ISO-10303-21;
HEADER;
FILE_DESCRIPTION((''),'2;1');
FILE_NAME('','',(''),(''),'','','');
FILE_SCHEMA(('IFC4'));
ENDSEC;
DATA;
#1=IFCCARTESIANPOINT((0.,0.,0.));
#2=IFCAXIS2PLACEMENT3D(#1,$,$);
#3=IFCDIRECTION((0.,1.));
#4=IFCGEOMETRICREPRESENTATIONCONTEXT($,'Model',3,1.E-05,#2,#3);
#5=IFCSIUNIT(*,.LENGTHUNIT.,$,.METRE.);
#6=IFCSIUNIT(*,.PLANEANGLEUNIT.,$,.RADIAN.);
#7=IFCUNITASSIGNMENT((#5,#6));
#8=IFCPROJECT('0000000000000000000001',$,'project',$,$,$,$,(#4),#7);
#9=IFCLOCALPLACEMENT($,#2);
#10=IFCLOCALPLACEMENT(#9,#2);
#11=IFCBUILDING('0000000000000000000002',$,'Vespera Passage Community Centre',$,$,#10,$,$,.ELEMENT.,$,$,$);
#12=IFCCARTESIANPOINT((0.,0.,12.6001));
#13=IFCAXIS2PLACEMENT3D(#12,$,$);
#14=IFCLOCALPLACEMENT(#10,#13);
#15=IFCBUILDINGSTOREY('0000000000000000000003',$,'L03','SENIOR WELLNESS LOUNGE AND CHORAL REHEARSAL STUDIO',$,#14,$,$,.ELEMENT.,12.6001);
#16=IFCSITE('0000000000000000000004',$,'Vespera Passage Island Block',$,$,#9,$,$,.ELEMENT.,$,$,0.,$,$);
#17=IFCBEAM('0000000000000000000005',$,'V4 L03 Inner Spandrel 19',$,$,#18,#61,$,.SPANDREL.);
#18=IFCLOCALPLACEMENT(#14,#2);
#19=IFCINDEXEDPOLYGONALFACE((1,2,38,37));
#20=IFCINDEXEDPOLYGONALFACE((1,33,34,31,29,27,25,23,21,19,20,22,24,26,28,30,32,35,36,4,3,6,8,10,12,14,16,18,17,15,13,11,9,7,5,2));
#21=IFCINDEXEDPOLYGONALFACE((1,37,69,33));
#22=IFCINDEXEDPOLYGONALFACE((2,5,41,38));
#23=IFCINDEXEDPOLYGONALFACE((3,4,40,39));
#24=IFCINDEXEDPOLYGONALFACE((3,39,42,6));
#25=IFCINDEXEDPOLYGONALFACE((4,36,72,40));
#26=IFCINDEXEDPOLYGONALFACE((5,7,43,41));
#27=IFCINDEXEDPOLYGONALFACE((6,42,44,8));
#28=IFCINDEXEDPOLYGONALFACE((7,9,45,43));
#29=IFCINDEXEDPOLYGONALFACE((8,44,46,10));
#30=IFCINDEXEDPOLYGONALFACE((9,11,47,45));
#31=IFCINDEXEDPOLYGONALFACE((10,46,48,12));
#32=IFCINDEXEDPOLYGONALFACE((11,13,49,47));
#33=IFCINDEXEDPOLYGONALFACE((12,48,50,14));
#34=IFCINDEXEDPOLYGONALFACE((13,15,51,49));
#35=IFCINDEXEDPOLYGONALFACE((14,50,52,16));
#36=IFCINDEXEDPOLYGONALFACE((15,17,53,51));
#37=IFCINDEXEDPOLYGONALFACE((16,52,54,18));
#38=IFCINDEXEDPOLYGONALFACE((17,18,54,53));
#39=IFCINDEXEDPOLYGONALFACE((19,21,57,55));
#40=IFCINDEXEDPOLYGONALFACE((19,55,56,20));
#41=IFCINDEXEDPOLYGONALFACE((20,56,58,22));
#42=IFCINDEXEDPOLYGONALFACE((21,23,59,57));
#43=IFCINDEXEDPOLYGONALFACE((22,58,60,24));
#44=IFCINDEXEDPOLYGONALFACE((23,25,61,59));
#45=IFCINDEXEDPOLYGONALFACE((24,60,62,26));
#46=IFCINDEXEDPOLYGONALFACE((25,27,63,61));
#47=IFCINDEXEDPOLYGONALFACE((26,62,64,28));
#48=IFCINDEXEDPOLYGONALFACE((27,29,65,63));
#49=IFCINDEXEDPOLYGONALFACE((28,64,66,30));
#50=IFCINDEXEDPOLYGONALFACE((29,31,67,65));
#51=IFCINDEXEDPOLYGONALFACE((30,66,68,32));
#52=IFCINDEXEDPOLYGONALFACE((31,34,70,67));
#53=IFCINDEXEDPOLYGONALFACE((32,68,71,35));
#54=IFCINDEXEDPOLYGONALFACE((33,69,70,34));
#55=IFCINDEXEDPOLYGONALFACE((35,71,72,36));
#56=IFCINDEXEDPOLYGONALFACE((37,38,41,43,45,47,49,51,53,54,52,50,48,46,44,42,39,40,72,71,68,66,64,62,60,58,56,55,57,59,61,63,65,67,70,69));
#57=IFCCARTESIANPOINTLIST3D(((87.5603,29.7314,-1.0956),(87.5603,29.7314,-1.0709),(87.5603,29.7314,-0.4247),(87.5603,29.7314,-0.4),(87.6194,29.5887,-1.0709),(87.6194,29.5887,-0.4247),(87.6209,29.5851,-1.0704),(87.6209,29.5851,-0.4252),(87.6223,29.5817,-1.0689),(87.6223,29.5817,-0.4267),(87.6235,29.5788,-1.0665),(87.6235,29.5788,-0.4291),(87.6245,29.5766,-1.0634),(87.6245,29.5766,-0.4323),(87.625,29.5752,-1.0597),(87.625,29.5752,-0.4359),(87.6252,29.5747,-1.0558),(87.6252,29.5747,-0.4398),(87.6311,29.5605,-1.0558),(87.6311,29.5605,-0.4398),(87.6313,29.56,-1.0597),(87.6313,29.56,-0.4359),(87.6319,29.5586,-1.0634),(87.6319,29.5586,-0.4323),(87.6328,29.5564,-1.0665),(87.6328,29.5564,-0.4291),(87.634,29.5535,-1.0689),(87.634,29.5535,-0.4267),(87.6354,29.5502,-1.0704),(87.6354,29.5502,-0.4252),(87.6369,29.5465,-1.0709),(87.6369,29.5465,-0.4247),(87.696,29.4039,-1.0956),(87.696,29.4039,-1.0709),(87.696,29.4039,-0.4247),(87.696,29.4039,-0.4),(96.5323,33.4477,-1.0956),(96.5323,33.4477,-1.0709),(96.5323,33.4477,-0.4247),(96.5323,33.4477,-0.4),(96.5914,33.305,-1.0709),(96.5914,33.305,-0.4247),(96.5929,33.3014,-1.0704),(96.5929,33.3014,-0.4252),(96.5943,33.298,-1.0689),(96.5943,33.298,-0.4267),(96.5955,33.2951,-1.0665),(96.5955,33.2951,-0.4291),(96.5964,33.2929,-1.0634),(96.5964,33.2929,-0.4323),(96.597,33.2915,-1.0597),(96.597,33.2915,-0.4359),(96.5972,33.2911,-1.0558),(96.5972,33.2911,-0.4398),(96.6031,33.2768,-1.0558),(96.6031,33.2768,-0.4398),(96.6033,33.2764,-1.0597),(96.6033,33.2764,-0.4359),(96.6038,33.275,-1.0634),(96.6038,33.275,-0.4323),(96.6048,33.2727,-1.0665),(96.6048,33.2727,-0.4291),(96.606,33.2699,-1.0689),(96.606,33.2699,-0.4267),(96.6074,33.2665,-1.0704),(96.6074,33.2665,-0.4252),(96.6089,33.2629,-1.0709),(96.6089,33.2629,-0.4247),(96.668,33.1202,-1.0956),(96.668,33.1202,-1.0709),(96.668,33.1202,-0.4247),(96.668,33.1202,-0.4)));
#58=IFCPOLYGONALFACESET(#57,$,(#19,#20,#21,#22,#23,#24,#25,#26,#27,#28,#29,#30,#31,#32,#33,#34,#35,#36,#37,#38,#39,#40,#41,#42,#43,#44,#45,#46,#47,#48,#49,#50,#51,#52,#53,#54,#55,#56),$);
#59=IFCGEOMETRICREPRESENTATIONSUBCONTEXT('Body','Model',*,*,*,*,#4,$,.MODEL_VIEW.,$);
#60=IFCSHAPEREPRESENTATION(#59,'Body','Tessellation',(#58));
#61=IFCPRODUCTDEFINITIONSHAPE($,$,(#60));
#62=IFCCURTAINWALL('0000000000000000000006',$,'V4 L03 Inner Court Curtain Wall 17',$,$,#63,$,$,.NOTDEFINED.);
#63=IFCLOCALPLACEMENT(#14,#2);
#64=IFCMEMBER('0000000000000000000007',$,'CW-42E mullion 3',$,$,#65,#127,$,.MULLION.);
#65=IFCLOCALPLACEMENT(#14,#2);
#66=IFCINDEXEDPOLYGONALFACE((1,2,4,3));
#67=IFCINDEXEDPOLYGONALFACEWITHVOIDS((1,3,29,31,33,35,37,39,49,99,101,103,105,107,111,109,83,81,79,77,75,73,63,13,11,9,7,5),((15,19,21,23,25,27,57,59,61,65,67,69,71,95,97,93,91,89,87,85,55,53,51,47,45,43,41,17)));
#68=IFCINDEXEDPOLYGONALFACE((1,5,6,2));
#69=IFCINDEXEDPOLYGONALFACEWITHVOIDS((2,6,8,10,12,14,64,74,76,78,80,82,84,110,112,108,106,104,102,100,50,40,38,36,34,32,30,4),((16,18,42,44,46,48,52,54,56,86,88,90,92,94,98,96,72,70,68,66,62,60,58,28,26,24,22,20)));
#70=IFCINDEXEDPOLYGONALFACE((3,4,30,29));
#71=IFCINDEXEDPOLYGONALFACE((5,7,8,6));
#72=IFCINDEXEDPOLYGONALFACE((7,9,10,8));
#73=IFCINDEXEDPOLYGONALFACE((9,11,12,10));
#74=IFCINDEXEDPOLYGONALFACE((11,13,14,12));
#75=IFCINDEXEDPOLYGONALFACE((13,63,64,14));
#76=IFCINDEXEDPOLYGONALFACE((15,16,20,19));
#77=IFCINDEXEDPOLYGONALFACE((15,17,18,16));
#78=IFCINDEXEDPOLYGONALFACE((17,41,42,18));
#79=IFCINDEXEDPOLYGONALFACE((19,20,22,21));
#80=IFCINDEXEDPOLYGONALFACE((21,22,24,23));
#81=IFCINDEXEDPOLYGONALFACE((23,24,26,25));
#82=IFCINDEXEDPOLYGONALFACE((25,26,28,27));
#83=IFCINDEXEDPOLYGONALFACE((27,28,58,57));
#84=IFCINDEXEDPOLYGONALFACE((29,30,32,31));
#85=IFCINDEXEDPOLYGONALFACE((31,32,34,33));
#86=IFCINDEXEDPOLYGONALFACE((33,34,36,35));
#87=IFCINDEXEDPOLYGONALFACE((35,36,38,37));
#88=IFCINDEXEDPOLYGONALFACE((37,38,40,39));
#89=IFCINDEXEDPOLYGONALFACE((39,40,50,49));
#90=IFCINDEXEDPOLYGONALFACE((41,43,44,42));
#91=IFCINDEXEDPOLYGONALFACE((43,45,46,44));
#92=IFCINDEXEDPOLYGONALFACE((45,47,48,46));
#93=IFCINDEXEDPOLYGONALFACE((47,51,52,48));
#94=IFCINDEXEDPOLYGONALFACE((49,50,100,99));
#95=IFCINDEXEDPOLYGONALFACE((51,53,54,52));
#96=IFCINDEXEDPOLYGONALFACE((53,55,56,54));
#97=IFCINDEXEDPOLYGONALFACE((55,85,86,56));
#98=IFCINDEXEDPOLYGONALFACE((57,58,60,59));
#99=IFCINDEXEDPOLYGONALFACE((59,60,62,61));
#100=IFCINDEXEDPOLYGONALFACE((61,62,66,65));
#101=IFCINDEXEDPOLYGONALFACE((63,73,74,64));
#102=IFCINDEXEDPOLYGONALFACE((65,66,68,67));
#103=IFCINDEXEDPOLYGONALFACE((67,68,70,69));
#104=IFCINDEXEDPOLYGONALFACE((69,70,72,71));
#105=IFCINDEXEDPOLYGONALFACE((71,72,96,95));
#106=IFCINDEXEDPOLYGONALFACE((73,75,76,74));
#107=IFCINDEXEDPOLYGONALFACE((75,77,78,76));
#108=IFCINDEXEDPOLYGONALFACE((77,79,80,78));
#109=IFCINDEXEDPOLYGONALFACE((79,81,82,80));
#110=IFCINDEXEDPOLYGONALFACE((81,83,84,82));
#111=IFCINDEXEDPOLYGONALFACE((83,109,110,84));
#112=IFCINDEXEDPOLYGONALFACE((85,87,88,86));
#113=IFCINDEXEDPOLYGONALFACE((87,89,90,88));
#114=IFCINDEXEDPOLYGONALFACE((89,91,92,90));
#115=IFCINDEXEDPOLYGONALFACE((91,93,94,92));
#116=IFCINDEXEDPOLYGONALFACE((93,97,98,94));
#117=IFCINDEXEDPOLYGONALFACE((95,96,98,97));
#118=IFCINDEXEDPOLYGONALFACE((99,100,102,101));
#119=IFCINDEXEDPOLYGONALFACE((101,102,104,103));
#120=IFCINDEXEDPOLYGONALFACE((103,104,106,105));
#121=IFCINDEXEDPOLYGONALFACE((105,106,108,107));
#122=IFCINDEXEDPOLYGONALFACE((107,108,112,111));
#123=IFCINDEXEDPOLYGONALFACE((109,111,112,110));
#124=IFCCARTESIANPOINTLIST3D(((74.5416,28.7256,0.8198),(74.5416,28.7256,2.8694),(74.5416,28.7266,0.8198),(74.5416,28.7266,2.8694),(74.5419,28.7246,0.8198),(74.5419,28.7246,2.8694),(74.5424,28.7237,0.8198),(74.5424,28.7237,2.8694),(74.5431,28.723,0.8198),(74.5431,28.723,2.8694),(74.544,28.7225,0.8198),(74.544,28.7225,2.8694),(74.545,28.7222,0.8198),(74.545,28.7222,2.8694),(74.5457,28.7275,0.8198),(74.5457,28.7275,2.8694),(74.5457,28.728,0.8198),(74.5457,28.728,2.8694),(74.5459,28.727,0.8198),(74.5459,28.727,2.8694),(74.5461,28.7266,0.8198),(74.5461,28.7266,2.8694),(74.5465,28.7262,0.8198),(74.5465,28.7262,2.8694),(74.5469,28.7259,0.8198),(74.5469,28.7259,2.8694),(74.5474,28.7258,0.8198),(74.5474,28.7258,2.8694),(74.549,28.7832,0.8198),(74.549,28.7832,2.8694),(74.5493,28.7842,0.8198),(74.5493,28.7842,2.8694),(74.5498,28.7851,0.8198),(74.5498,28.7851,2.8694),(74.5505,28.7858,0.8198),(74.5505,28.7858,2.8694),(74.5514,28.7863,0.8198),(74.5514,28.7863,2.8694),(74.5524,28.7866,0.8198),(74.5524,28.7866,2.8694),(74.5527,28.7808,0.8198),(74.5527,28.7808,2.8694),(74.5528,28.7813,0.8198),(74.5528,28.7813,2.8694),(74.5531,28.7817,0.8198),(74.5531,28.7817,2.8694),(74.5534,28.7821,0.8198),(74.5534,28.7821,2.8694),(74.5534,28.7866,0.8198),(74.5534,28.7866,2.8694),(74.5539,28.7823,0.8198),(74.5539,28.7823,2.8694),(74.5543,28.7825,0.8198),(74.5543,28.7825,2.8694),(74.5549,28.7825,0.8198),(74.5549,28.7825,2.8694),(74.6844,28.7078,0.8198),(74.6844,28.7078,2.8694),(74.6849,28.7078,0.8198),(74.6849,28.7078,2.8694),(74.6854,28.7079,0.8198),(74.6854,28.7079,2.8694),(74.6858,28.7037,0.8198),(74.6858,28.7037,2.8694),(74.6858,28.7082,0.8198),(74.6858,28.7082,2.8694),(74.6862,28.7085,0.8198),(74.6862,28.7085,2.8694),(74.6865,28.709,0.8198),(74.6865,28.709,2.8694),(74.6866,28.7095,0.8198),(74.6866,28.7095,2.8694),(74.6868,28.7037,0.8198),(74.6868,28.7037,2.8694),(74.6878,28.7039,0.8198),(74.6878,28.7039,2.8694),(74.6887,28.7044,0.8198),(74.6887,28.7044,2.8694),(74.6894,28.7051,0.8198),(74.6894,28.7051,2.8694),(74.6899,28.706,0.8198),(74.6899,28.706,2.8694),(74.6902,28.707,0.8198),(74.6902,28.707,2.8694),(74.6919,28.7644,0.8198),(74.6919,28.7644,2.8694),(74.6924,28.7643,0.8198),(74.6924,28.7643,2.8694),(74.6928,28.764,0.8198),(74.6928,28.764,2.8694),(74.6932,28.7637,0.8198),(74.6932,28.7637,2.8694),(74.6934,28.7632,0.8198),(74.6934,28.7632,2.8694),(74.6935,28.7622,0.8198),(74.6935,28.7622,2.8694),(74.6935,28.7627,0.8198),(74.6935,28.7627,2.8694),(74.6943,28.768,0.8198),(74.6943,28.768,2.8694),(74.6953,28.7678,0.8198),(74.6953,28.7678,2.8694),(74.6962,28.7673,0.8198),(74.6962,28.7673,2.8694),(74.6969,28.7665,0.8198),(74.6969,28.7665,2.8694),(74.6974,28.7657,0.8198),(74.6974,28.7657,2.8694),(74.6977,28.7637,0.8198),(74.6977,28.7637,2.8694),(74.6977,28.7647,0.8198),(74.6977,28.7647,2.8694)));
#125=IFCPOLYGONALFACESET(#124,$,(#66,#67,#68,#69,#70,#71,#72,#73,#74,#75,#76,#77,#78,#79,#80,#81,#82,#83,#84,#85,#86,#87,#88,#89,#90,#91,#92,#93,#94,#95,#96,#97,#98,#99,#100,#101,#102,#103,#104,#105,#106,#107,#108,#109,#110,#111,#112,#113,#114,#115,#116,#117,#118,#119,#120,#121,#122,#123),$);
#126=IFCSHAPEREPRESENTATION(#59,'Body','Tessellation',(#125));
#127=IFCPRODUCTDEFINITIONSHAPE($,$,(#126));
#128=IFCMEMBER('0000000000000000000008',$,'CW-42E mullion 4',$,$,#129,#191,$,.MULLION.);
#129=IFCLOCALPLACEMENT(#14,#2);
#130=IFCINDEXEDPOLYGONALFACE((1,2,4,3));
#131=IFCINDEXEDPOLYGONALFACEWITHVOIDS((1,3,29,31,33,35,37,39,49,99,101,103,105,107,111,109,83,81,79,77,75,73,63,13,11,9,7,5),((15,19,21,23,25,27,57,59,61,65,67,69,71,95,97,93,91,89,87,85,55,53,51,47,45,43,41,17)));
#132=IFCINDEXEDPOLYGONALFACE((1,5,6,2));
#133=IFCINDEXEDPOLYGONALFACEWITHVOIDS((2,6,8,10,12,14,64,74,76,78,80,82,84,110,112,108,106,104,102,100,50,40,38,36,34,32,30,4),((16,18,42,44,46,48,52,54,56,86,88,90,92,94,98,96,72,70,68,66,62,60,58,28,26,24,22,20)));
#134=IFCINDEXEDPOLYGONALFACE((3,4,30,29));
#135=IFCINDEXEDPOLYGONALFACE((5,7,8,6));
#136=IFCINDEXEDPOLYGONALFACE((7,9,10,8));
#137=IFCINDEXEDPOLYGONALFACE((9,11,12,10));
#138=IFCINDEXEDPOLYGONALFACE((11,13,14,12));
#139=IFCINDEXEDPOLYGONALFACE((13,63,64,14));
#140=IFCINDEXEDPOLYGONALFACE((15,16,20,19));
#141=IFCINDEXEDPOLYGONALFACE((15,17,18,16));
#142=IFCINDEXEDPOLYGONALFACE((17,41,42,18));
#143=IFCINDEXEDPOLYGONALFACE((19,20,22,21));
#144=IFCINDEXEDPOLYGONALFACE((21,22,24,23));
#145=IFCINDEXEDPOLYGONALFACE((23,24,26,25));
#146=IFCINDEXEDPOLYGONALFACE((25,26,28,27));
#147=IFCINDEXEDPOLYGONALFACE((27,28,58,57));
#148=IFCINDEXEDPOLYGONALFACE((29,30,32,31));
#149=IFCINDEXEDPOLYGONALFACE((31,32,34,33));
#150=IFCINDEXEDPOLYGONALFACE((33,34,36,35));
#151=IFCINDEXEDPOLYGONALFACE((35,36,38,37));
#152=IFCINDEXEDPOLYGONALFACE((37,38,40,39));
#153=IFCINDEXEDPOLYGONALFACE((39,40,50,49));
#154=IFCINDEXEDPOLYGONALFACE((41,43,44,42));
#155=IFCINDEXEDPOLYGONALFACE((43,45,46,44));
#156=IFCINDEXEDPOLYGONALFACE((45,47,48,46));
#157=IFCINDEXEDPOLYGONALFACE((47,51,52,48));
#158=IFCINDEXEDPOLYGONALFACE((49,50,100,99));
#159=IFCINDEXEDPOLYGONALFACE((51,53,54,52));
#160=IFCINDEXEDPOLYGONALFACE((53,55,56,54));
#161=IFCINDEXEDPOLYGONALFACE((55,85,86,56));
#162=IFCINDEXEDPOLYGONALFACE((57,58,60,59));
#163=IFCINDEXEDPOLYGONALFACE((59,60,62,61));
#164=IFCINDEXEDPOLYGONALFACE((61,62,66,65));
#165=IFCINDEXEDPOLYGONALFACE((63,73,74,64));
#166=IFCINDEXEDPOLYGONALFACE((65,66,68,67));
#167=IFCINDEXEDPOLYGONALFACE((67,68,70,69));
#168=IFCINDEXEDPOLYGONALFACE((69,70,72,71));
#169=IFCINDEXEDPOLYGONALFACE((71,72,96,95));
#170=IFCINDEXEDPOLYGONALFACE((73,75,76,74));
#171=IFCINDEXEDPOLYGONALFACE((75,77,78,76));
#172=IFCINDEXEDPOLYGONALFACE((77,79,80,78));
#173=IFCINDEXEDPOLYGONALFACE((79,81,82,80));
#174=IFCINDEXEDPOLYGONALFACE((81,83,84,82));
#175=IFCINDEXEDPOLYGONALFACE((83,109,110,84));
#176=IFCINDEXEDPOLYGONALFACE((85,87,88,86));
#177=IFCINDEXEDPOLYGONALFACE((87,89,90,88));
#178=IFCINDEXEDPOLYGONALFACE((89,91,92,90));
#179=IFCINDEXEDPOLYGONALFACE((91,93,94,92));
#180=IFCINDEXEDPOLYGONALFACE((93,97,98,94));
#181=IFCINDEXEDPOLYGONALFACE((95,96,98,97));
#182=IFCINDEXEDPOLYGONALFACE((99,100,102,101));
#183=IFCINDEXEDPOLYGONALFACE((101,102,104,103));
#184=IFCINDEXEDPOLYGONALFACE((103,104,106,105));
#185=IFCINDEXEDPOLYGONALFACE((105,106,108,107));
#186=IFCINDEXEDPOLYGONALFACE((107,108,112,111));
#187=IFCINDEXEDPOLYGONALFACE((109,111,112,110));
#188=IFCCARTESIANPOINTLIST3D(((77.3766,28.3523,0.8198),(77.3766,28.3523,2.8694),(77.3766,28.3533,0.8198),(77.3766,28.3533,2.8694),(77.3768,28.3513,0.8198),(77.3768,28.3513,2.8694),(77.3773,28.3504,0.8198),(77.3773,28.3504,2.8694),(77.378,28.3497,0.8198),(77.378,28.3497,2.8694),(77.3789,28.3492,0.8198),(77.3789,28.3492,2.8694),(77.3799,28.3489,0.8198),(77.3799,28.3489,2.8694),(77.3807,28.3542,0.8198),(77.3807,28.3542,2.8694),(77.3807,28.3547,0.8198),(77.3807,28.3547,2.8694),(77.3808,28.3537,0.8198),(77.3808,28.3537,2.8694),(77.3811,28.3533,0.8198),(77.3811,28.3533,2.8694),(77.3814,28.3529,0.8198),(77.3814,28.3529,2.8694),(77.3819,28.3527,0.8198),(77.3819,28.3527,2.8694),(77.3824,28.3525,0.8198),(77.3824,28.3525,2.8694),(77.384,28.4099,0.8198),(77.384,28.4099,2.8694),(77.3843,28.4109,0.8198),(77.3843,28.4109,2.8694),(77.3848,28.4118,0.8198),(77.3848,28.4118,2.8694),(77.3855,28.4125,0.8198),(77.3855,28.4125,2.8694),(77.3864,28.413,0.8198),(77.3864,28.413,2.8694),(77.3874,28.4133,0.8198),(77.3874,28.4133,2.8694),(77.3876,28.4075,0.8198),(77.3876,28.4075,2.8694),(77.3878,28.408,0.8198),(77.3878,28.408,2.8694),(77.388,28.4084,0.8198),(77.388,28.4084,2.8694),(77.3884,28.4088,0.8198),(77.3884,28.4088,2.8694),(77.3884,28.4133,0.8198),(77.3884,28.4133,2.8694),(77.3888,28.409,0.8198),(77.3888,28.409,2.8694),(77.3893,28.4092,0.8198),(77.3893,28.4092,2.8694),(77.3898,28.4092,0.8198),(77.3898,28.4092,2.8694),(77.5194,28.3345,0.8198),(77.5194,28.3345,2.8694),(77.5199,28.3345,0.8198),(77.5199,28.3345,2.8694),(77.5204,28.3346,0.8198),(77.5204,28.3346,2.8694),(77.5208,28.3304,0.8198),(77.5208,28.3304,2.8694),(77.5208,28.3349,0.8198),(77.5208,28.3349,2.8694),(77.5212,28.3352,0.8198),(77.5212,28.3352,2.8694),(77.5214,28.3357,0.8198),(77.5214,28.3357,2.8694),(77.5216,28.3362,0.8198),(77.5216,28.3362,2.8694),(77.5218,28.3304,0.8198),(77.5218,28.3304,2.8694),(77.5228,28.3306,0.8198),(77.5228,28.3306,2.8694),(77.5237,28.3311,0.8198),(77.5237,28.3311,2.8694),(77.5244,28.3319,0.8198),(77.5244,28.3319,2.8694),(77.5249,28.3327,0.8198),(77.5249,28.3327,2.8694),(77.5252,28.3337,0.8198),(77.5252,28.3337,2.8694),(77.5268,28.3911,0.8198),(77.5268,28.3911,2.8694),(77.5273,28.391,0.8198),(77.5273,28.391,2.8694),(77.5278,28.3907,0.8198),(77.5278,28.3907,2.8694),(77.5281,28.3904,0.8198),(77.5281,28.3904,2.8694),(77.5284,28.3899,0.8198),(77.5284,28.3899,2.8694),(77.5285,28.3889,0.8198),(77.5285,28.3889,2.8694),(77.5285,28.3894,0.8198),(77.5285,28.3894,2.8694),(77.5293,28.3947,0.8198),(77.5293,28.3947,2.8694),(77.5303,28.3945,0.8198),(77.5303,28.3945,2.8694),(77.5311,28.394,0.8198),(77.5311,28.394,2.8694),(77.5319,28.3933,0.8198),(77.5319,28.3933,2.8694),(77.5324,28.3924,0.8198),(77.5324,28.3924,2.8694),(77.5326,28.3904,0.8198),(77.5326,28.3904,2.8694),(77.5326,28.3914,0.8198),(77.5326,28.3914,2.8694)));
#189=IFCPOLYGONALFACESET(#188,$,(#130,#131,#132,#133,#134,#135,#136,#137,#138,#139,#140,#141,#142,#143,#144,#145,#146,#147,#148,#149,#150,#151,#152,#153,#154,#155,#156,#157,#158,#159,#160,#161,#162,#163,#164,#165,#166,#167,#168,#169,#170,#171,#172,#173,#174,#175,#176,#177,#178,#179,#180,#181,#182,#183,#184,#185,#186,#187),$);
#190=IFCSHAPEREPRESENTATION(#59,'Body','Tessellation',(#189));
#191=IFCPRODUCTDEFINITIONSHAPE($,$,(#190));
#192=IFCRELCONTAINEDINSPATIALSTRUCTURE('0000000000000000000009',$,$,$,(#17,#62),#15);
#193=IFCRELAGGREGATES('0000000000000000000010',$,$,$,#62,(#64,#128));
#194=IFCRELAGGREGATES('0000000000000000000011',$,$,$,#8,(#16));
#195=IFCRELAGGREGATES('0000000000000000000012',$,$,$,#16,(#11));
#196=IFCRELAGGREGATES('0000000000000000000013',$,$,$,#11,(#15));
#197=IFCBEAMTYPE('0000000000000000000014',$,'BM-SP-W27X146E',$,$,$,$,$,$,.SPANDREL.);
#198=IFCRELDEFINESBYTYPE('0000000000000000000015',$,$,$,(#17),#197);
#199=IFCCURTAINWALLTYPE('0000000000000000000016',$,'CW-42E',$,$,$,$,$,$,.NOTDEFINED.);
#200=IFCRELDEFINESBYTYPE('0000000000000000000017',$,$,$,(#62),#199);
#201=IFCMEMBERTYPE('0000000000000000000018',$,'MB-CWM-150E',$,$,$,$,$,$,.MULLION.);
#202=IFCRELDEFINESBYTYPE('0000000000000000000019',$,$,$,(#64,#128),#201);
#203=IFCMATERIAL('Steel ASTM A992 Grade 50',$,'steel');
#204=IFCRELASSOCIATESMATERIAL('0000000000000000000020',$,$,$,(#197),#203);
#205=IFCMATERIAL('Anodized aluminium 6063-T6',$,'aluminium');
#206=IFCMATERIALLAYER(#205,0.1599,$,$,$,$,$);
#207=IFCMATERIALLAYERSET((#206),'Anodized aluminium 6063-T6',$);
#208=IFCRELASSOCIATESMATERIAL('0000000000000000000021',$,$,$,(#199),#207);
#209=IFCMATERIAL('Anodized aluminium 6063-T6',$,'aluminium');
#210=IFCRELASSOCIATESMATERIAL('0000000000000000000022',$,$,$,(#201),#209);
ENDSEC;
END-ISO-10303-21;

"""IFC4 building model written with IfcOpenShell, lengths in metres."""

from ifc_helpers import new_model, si_unit, direction, frame, origin, origin_2d, place, context, subcontext, project, spatial, hollow_rectangle, i_section, extrude, material, layer, layer_set, material_profile, profile_set, type_object, element, aggregate, save


model = new_model("IFC4")

# Units and contexts
model_context = context("Model", 3, precision=1e-05, world=origin(), true_north=direction((0.0, 1.0)))
body_context = subcontext(model_context, "Body", "Model", "MODEL_VIEW")
ifc_project = project(units=[si_unit("LENGTHUNIT", "METRE"), si_unit("PLANEANGLEUNIT", "RADIAN")], contexts=[model_context])

# Site, building, storey
site_placement = place(None, origin())
site = spatial("IfcSite", under=ifc_project, at=site_placement, Name="Vespera Passage Island Block", CompositionType="ELEMENT", RefElevation=0.0)
building_placement = place(site_placement, origin())
building = spatial("IfcBuilding", under=site, at=building_placement, Name="Vespera Passage Community Centre", CompositionType="ELEMENT")
storey_placement = place(building_placement, frame((0.0, 0.0, 12.6001)))
storey = spatial("IfcBuildingStorey", under=building, at=storey_placement, Name="L03", Description="SENIOR WELLNESS LOUNGE AND CHORAL REHEARSAL STUDIO", CompositionType="ELEMENT", Elevation=12.6001)

# Beam
ifc_material_1 = material(Name="Steel ASTM A992 Grade 50", Category="steel")
ifc_material_profile_1 = material_profile(ifc_material_1, i_section(OverallWidth=0.3545, OverallDepth=0.6956, WebThickness=0.0154, FlangeThickness=0.0247, FilletRadius=0.0151, at=origin_2d()), Name="W27X146")
ifc_profile_set_1 = profile_set([ifc_material_profile_1], Name="Steel ASTM A992 Grade 50")
beam_type_1 = type_object("IfcBeamType", Name="BM-SP-W27X146E", PredefinedType="SPANDREL", material=ifc_profile_set_1)
for number, where, z_axis, x_axis, name in (
    (1, (87.6282, 29.5676, -0.7478), (0.923879, 0.382685, 0.0), (-0.382685, 0.923879, 0.0), "V4 L03 Inner Spandrel 19"),
):
    element("IfcBeam", number, at=place(storey_placement, frame(where, z_axis=z_axis, x_axis=x_axis)), inside=storey, type_object=beam_type_1, Name=name, PredefinedType="SPANDREL", context=body_context, shape_type="SweptSolid", body=[
        extrude(i_section(OverallWidth=0.3545, OverallDepth=0.6956, WebThickness=0.0154, FlangeThickness=0.0247, FilletRadius=0.0151, at=origin_2d()), origin(), (0.0, 0.0, 1.0), 9.7112),
    ])

# Curtain wall, members
ifc_material_2 = material(Name="Anodized aluminium 6063-T6", Category="aluminium")
ifc_layer_1 = layer(ifc_material_2, 0.1599)
ifc_layer_set_1 = layer_set([ifc_layer_1], Name="Anodized aluminium 6063-T6")
curtain_wall_type_1 = type_object("IfcCurtainWallType", Name="CW-42E", PredefinedType="NOTDEFINED", material=ifc_layer_set_1)
curtain_wall_1_placement = place(storey_placement, origin())
curtain_wall_1 = element("IfcCurtainWall", 2, at=curtain_wall_1_placement, inside=storey, type_object=curtain_wall_type_1, Name="V4 L03 Inner Court Curtain Wall 17", PredefinedType="NOTDEFINED")
ifc_material_3 = material(Name="Anodized aluminium 6063-T6", Category="aluminium")
ifc_material_profile_2 = material_profile(ifc_material_3, hollow_rectangle(XDim=0.0649, YDim=0.1499, WallThickness=0.0039, InnerFilletRadius=0.002, OuterFilletRadius=0.0039, at=origin_2d()), Name="ALU150X65X4")
ifc_profile_set_2 = profile_set([ifc_material_profile_2], Name="Anodized aluminium 6063-T6")
member_type_1 = type_object("IfcMemberType", Name="MB-CWM-150E", PredefinedType="MULLION", material=ifc_profile_set_2)
member_1_placement = place(storey_placement, frame((74.6196, 28.7451, 0.8198), z_axis=(0.0, 0.0, 1.0), x_axis=(0.130522, 0.991445, 0.0)))
member_1 = element("IfcMember", 3, at=member_1_placement, type_object=member_type_1, Name="CW-42E mullion 3", PredefinedType="MULLION", context=body_context, shape_type="SweptSolid", body=[
    extrude(hollow_rectangle(XDim=0.0649, YDim=0.1499, WallThickness=0.0039, InnerFilletRadius=0.002, OuterFilletRadius=0.0039, at=origin_2d()), origin(), (0.0, 0.0, 1.0), 2.0496),
])
member_2_placement = place(storey_placement, frame((77.4546, 28.3718, 0.8198), z_axis=(0.0, 0.0, 1.0), x_axis=(0.130522, 0.991445, 0.0)))
member_2 = element("IfcMember", 4, at=member_2_placement, type_object=member_type_1, Name="CW-42E mullion 4", PredefinedType="MULLION", context=body_context, shape_type="SweptSolid", body=[
    extrude(hollow_rectangle(XDim=0.0649, YDim=0.1499, WallThickness=0.0039, InnerFilletRadius=0.002, OuterFilletRadius=0.0039, at=origin_2d()), origin(), (0.0, 0.0, 1.0), 2.0496),
])

aggregate(curtain_wall_1, [member_1, member_2])

save(model, "model.ifc")
